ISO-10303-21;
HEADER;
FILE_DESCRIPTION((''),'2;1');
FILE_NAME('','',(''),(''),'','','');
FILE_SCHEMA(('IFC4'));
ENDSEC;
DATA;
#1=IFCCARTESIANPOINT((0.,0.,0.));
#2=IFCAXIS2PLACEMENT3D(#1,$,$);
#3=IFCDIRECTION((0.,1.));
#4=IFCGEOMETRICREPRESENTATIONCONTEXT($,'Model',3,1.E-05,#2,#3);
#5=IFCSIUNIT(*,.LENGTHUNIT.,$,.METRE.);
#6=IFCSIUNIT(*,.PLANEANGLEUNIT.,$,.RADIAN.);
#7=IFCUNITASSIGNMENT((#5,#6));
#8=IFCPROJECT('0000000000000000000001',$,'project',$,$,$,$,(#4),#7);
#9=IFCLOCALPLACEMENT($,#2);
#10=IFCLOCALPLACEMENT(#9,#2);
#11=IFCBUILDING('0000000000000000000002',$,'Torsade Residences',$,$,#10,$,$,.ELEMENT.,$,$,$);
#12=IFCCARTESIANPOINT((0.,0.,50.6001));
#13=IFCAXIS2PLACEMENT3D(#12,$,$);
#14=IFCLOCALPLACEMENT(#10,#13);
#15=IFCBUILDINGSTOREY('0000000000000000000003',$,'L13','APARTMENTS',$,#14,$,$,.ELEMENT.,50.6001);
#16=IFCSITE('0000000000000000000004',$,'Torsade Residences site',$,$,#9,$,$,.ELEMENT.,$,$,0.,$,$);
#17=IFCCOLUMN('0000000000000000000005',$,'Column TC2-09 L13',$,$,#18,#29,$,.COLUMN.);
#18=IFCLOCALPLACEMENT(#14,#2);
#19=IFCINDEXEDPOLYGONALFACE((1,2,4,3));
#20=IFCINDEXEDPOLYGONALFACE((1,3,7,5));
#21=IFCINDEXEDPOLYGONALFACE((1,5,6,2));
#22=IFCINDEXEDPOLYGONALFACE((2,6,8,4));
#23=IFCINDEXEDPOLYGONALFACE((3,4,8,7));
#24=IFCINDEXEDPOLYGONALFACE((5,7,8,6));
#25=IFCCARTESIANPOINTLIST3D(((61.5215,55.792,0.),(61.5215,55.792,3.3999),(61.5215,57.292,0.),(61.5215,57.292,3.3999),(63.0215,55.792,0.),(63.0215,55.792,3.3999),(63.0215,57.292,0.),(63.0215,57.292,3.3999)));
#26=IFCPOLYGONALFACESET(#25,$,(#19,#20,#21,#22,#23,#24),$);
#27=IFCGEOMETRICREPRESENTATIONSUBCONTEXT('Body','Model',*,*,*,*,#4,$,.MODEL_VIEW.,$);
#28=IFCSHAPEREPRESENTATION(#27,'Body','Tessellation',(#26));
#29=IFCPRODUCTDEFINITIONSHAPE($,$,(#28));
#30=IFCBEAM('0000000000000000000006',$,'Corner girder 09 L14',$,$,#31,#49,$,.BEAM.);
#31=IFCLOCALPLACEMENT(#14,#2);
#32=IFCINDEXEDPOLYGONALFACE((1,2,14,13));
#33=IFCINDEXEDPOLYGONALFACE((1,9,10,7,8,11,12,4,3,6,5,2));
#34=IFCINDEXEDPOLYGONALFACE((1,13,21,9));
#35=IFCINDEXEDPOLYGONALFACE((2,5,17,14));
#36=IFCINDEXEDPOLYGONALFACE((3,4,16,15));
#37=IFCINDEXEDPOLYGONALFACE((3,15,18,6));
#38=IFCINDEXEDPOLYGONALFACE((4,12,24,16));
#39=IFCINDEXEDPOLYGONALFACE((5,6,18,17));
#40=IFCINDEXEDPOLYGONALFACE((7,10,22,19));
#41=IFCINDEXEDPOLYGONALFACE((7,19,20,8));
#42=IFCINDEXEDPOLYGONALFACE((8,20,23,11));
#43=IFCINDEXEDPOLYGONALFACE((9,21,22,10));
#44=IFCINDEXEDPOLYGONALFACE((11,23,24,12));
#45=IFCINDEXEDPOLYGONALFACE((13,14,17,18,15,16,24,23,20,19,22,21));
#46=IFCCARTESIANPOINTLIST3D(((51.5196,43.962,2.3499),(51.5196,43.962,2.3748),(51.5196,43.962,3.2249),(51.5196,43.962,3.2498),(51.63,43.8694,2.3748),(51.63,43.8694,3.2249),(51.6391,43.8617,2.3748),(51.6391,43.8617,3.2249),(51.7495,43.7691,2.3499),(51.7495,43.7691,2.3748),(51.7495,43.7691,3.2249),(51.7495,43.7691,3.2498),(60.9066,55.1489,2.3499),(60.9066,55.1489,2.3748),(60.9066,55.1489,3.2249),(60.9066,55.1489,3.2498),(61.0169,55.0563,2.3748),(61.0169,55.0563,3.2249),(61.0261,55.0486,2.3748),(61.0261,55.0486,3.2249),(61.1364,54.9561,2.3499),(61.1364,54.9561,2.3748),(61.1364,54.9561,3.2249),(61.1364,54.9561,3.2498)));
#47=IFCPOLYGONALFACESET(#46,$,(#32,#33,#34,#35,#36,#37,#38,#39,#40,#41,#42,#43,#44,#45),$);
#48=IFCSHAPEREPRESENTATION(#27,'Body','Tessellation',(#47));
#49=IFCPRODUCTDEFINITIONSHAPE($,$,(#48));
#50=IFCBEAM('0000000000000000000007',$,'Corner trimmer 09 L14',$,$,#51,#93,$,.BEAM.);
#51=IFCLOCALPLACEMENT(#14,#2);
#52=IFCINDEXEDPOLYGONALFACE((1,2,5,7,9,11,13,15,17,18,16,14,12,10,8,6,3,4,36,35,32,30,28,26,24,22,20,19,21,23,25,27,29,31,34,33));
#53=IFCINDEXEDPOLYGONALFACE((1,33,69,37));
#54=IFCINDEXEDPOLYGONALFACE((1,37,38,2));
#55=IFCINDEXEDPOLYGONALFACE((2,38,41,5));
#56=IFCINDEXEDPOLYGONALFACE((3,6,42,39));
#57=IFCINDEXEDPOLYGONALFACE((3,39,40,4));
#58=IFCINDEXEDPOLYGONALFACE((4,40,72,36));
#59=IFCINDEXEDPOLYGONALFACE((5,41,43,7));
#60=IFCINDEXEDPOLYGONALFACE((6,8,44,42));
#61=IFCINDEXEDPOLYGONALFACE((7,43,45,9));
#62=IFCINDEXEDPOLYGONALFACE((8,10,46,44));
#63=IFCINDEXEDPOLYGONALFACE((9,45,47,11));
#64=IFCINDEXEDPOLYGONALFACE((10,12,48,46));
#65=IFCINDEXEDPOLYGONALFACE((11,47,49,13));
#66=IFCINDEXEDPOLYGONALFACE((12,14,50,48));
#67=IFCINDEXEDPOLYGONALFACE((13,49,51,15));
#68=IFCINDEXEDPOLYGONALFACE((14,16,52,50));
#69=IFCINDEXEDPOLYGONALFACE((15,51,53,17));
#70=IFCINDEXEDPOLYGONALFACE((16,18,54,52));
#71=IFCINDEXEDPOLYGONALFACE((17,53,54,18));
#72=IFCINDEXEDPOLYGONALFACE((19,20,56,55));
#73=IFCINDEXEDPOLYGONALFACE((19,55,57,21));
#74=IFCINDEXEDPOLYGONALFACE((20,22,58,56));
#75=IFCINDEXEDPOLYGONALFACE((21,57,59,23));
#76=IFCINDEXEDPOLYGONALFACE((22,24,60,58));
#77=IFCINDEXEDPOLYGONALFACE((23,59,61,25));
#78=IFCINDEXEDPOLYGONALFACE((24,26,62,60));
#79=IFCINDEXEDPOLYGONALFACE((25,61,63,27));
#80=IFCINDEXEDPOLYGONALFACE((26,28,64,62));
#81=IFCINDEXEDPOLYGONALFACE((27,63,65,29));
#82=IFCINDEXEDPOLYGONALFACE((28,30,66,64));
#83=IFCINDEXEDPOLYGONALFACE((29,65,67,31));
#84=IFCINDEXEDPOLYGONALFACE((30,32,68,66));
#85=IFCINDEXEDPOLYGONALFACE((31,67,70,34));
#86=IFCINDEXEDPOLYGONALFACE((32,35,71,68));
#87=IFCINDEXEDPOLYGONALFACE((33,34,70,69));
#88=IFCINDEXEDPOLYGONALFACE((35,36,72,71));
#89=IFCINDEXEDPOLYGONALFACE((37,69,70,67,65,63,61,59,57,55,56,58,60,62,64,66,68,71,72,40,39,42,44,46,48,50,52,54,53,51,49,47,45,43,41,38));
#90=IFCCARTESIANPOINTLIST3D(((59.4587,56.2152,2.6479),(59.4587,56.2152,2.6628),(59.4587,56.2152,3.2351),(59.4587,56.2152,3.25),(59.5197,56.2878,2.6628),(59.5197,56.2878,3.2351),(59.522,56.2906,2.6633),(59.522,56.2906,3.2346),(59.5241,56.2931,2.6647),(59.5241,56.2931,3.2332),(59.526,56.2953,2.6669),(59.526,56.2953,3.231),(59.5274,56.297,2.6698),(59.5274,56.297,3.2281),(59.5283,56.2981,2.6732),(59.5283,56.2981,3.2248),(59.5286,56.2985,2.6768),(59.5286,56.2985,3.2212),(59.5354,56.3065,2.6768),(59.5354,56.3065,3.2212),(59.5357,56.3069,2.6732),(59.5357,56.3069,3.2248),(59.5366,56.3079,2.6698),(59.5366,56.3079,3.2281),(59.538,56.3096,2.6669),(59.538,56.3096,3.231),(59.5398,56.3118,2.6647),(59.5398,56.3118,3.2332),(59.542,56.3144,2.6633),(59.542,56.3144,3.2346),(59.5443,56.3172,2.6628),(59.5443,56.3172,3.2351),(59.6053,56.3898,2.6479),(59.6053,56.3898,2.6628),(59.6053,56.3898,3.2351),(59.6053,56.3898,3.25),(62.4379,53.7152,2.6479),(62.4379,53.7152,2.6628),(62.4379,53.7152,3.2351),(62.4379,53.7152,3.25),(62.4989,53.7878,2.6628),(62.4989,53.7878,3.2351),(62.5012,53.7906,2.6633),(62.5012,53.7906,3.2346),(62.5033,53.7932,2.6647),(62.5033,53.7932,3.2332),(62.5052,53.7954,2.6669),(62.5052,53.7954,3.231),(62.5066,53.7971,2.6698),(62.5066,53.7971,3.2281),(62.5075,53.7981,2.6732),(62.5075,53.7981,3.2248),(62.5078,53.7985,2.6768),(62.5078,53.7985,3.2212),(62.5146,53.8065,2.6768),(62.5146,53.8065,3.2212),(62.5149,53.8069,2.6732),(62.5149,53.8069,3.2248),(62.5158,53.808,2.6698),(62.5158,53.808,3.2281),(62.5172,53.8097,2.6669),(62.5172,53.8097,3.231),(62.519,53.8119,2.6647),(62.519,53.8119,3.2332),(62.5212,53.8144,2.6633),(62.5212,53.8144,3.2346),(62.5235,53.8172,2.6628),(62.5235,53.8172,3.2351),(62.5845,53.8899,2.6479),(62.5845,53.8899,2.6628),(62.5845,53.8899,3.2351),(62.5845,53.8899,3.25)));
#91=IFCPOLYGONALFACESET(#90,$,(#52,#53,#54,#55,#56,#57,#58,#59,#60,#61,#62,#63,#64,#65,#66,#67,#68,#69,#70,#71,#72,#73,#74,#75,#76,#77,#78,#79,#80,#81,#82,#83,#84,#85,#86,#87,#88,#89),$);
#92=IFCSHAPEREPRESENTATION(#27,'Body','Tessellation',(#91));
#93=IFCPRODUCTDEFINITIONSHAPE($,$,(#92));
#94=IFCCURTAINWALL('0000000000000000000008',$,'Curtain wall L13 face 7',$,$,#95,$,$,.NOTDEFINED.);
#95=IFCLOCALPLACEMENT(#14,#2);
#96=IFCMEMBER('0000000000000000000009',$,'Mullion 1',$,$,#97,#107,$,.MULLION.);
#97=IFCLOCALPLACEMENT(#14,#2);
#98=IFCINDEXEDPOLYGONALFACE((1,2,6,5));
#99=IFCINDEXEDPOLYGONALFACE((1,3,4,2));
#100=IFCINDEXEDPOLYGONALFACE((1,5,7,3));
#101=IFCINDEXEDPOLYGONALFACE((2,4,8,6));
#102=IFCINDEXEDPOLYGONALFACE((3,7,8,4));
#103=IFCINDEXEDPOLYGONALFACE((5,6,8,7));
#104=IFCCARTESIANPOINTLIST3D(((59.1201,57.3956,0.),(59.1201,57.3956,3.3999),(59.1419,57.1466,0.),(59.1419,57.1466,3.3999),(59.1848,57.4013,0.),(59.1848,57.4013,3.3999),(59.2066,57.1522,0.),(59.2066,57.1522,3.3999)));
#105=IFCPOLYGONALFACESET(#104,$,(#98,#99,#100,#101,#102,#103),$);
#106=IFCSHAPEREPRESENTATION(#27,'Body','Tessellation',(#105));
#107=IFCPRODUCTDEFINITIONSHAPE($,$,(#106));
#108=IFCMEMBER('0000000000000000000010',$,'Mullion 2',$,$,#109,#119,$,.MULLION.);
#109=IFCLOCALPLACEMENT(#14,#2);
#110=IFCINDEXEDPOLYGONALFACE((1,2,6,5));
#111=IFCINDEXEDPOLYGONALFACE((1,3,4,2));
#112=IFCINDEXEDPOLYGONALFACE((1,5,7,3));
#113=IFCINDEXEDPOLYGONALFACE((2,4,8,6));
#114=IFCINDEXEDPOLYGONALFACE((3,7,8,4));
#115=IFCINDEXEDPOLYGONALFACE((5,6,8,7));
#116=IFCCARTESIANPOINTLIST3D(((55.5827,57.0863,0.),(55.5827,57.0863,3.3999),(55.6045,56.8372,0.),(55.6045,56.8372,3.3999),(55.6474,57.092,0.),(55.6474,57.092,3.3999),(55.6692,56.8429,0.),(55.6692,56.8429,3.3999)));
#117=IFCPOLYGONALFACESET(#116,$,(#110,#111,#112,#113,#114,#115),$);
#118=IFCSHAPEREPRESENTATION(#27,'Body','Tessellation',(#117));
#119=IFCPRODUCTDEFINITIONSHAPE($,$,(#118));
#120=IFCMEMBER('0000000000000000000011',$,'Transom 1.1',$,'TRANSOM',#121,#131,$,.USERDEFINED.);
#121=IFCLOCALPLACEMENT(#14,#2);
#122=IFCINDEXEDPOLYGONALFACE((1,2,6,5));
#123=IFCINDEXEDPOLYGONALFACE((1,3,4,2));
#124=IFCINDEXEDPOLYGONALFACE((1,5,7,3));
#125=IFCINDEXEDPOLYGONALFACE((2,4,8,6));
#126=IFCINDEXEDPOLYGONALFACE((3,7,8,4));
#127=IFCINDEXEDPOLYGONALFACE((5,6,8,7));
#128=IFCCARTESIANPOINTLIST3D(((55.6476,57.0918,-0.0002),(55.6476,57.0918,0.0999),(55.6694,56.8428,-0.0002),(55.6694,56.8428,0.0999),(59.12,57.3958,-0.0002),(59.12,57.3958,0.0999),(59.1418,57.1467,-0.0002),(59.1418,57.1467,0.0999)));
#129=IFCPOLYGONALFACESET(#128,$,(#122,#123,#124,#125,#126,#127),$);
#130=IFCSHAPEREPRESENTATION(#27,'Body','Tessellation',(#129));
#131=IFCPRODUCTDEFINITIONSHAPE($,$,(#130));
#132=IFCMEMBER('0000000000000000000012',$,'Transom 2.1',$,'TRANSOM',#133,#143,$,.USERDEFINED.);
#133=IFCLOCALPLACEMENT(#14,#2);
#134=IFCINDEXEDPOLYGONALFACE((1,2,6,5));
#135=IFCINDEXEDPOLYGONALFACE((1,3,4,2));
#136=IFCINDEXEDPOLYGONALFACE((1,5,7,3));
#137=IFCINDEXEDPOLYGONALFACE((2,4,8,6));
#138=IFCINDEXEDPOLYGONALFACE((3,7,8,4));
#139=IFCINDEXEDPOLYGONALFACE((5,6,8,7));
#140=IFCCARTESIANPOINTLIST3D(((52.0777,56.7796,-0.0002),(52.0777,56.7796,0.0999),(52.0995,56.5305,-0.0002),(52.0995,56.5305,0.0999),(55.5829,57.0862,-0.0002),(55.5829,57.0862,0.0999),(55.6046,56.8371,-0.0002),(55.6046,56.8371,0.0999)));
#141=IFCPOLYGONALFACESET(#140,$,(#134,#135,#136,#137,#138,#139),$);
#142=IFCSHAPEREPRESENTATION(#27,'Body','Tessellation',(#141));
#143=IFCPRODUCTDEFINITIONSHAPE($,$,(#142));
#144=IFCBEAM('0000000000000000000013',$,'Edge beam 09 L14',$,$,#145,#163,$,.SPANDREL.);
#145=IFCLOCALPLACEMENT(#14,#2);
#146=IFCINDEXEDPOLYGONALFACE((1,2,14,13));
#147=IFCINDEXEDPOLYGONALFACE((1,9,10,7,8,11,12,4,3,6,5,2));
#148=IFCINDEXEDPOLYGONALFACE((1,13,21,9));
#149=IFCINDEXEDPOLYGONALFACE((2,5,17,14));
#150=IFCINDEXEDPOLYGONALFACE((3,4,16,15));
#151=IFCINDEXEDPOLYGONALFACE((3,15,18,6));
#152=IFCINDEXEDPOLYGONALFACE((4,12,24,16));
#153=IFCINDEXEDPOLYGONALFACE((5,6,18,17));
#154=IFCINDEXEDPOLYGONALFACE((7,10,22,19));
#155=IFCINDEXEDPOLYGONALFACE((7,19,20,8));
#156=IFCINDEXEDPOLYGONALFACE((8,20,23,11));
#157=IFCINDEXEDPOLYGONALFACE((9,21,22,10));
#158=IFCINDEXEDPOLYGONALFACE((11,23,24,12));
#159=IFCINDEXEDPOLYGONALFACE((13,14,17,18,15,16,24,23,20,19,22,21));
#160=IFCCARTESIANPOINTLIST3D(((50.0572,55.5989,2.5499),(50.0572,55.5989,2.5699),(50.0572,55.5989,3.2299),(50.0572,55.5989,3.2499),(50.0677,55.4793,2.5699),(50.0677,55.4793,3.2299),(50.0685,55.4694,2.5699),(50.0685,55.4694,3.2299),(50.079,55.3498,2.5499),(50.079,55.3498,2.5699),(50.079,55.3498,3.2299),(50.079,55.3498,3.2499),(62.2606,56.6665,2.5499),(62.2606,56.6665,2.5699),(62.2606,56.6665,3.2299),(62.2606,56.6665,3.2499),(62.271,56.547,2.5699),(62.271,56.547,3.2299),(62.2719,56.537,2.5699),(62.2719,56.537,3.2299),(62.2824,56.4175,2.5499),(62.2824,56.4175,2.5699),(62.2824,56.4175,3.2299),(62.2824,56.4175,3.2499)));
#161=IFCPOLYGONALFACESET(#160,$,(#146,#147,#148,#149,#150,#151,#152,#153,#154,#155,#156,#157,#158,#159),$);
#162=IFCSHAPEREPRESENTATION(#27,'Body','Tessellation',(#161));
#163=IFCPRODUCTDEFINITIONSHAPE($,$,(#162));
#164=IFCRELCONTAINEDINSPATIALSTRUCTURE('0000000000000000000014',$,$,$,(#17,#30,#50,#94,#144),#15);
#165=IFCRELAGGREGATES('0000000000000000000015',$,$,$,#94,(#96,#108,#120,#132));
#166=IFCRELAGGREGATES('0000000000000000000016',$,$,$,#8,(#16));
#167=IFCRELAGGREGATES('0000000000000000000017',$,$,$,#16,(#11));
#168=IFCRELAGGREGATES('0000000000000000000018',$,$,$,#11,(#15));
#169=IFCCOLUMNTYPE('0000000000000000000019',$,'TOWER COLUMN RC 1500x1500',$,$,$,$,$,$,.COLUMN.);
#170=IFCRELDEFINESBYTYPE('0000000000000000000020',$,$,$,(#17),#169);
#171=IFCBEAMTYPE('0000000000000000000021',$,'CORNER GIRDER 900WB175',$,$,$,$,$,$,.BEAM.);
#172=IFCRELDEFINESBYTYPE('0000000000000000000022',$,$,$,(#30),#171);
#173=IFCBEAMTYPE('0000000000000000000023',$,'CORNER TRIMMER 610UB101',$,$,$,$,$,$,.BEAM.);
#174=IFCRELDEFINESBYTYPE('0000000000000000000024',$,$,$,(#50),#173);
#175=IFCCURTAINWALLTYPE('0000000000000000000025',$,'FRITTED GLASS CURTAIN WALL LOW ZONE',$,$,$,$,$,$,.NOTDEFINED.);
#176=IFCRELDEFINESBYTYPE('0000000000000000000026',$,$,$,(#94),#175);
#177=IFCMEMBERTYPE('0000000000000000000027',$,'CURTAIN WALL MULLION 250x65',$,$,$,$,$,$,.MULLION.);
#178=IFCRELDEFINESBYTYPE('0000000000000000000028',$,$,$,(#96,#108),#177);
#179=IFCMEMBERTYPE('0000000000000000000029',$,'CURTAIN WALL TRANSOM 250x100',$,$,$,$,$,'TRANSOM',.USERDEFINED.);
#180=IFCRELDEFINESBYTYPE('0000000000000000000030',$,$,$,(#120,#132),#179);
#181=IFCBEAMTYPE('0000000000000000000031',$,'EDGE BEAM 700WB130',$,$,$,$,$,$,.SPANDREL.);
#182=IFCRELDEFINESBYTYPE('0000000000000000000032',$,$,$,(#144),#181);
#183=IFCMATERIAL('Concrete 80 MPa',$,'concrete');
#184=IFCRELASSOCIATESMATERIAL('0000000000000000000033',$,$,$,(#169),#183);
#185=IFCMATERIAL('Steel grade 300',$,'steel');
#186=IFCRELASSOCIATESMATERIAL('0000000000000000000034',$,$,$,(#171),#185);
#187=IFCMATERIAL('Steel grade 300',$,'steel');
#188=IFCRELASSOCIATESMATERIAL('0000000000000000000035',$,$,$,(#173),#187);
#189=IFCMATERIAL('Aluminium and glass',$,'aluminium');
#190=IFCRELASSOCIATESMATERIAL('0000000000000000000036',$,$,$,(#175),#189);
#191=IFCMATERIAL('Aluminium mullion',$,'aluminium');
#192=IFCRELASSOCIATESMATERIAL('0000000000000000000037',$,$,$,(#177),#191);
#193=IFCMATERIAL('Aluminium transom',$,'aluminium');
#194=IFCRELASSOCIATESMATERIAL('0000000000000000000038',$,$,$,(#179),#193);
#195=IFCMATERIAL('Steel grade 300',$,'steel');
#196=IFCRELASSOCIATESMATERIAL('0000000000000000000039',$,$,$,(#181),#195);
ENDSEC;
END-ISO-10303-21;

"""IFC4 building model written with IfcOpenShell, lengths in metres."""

from ifc_helpers import new_model, si_unit, direction, frame, origin, origin_2d, place, context, subcontext, project, spatial, rectangle, i_section, extrude, material, material_profile, profile_set, type_object, element, aggregate, save


model = new_model("IFC4")

# Units and contexts
model_context = context("Model", 3, precision=1e-05, world=origin(), true_north=direction((0.0, 1.0)))
body_context = subcontext(model_context, "Body", "Model", "MODEL_VIEW")
ifc_project = project(units=[si_unit("LENGTHUNIT", "METRE"), si_unit("PLANEANGLEUNIT", "RADIAN")], contexts=[model_context])

# Site, building, storey
site_placement = place(None, origin())
site = spatial("IfcSite", under=ifc_project, at=site_placement, Name="Torsade Residences site", CompositionType="ELEMENT", RefElevation=0.0)
building_placement = place(site_placement, origin())
building = spatial("IfcBuilding", under=site, at=building_placement, Name="Torsade Residences", CompositionType="ELEMENT")
storey_placement = place(building_placement, frame((0.0, 0.0, 50.6001)))
storey = spatial("IfcBuildingStorey", under=building, at=storey_placement, Name="L13", Description="APARTMENTS", CompositionType="ELEMENT", Elevation=50.6001)

# Column
ifc_material_1 = material(Name="Concrete 80 MPa", Category="concrete")
ifc_material_profile_1 = material_profile(ifc_material_1, rectangle(XDim=1.5, YDim=1.5, at=origin_2d()), Name="RC 1500x1500")
ifc_profile_set_1 = profile_set([ifc_material_profile_1], Name="Concrete 80 MPa")
column_type = type_object("IfcColumnType", Name="TOWER COLUMN RC 1500x1500", PredefinedType="COLUMN", material=ifc_profile_set_1)
column_placement = place(storey_placement, frame((62.2715, 56.542, 0.0), z_axis=(0.0, 0.0, 1.0), x_axis=(1.0, 0.0, 0.0)))
element("IfcColumn", 1, at=column_placement, inside=storey, type_object=column_type, Name="Column TC2-09 L13", PredefinedType="COLUMN", context=body_context, shape_type="SweptSolid", body=[
    extrude(rectangle(XDim=1.5, YDim=1.5, at=origin_2d()), origin(), (0.0, 0.0, 1.0), 3.3999),
])

# Beams
ifc_material_2 = material(Name="Steel grade 300", Category="steel")
ifc_material_profile_2 = material_profile(ifc_material_2, i_section(OverallWidth=0.3, OverallDepth=0.8999, WebThickness=0.012, FlangeThickness=0.0249, at=origin_2d()), Name="900WB175")
ifc_profile_set_2 = profile_set([ifc_material_profile_2], Name="Steel grade 300")
beam_type_1 = type_object("IfcBeamType", Name="CORNER GIRDER 900WB175", PredefinedType="BEAM", material=ifc_profile_set_2)
beam_1_placement = place(storey_placement, frame((61.0215, 55.0525, 2.7998), z_axis=(-0.642785, -0.766046, 0.0), x_axis=(0.766046, -0.642785, 0.0)))
element("IfcBeam", 2, at=beam_1_placement, inside=storey, type_object=beam_type_1, Name="Corner girder 09 L14", PredefinedType="BEAM", context=body_context, shape_type="SweptSolid", body=[
    extrude(i_section(OverallWidth=0.3, OverallDepth=0.8999, WebThickness=0.012, FlangeThickness=0.0249, at=origin_2d()), origin(), (0.0, 0.0, 1.0), 14.6035),
])
ifc_material_3 = material(Name="Steel grade 300", Category="steel")
ifc_material_profile_3 = material_profile(ifc_material_3, i_section(OverallWidth=0.228, OverallDepth=0.6021, WebThickness=0.0105, FlangeThickness=0.0149, FilletRadius=0.0139, at=origin_2d()), Name="610UB101")
ifc_profile_set_3 = profile_set([ifc_material_profile_3], Name="Steel grade 300")
beam_type_2 = type_object("IfcBeamType", Name="CORNER TRIMMER 610UB101", PredefinedType="BEAM", material=ifc_profile_set_3)
beam_2_placement = place(storey_placement, frame((59.532, 56.3025, 2.949), z_axis=(0.76603, -0.642805, 0.0), x_axis=(0.642805, 0.76603, 0.0)))
element("IfcBeam", 3, at=beam_2_placement, inside=storey, type_object=beam_type_2, Name="Corner trimmer 09 L14", PredefinedType="BEAM", context=body_context, shape_type="SweptSolid", body=[
    extrude(i_section(OverallWidth=0.228, OverallDepth=0.6021, WebThickness=0.0105, FlangeThickness=0.0149, FilletRadius=0.0139, at=origin_2d()), origin(), (0.0, 0.0, 1.0), 3.8892),
])

# Curtain wall, members
ifc_material_4 = material(Name="Aluminium and glass", Category="aluminium")
curtain_wall_type = type_object("IfcCurtainWallType", Name="FRITTED GLASS CURTAIN WALL LOW ZONE", PredefinedType="NOTDEFINED", material=ifc_material_4)
curtain_wall_placement = place(storey_placement, origin())
curtain_wall = element("IfcCurtainWall", 4, at=curtain_wall_placement, inside=storey, type_object=curtain_wall_type, Name="Curtain wall L13 face 7", PredefinedType="NOTDEFINED")
ifc_material_5 = material(Name="Aluminium mullion", Category="aluminium")
ifc_material_profile_4 = material_profile(ifc_material_5, rectangle(XDim=0.25, YDim=0.0649, at=origin_2d()), Name="CURTAIN WALL MULLION 250x65")
ifc_profile_set_4 = profile_set([ifc_material_profile_4], Name="Aluminium mullion")
member_type_1 = type_object("IfcMemberType", Name="CURTAIN WALL MULLION 250x65", PredefinedType="MULLION", material=ifc_profile_set_4)
member_1_placement = place(storey_placement, frame((59.1633, 57.2739, 0.0), z_axis=(0.0, 0.0, 1.0), x_axis=(0.087156, -0.996195, 0.0)))
member_1 = element("IfcMember", 5, at=member_1_placement, type_object=member_type_1, Name="Mullion 1", PredefinedType="MULLION", context=body_context, shape_type="SweptSolid", body=[
    extrude(rectangle(XDim=0.25, YDim=0.0649, at=origin_2d()), origin(), (0.0, 0.0, 1.0), 3.3999),
])
member_2_placement = place(storey_placement, frame((55.626, 56.9646, 0.0), z_axis=(0.0, 0.0, 1.0), x_axis=(0.087156, -0.996195, 0.0)))
member_2 = element("IfcMember", 6, at=member_2_placement, type_object=member_type_1, Name="Mullion 2", PredefinedType="MULLION", context=body_context, shape_type="SweptSolid", body=[
    extrude(rectangle(XDim=0.25, YDim=0.0649, at=origin_2d()), origin(), (0.0, 0.0, 1.0), 3.3999),
])
ifc_material_6 = material(Name="Aluminium transom", Category="aluminium")
ifc_material_profile_5 = material_profile(ifc_material_6, rectangle(XDim=0.25, YDim=0.1001, at=origin_2d()), Name="CURTAIN WALL TRANSOM 250x100")
ifc_profile_set_5 = profile_set([ifc_material_profile_5], Name="Aluminium transom")
member_type_2 = type_object("IfcMemberType", Name="CURTAIN WALL TRANSOM 250x100", ElementType="TRANSOM", PredefinedType="USERDEFINED", material=ifc_profile_set_5)
member_3_placement = place(storey_placement, frame((59.1309, 57.2712, 0.0498), z_axis=(-0.996191, -0.087201, 0.0), x_axis=(0.087201, -0.996191, 0.0)))
member_3 = element("IfcMember", 7, at=member_3_placement, type_object=member_type_2, Name="Transom 1.1", ObjectType="TRANSOM", PredefinedType="USERDEFINED", context=body_context, shape_type="SweptSolid", body=[
    extrude(rectangle(XDim=0.25, YDim=0.1001, at=origin_2d()), origin(), (0.0, 0.0, 1.0), 3.4856),
])
member_4_placement = place(storey_placement, frame((55.5938, 56.9617, 0.0498), z_axis=(-0.996195, -0.087151, 0.0), x_axis=(0.087151, -0.996195, 0.0)))
member_4 = element("IfcMember", 8, at=member_4_placement, type_object=member_type_2, Name="Transom 2.1", ObjectType="TRANSOM", PredefinedType="USERDEFINED", context=body_context, shape_type="SweptSolid", body=[
    extrude(rectangle(XDim=0.25, YDim=0.1001, at=origin_2d()), origin(), (0.0, 0.0, 1.0), 3.5186),
])

# Beam
ifc_material_7 = material(Name="Steel grade 300", Category="steel")
ifc_material_profile_6 = material_profile(ifc_material_7, i_section(OverallWidth=0.25, OverallDepth=0.7, WebThickness=0.01, FlangeThickness=0.02, at=origin_2d()), Name="700WB130")
ifc_profile_set_6 = profile_set([ifc_material_profile_6], Name="Steel grade 300")
beam_type_3 = type_object("IfcBeamType", Name="EDGE BEAM 700WB130", PredefinedType="SPANDREL", material=ifc_profile_set_6)
beam_3_placement = place(storey_placement, frame((62.2715, 56.542, 2.8999), z_axis=(-0.996195, -0.087153, 0.0), x_axis=(0.087153, -0.996195, 0.0)))
element("IfcBeam", 9, at=beam_3_placement, inside=storey, type_object=beam_type_3, Name="Edge beam 09 L14", PredefinedType="SPANDREL", context=body_context, shape_type="SweptSolid", body=[
    extrude(i_section(OverallWidth=0.25, OverallDepth=0.7, WebThickness=0.01, FlangeThickness=0.02, at=origin_2d()), origin(), (0.0, 0.0, 1.0), 12.25),
])

aggregate(curtain_wall, [member_1, member_2, member_3, member_4])

save(model, "model.ifc")
